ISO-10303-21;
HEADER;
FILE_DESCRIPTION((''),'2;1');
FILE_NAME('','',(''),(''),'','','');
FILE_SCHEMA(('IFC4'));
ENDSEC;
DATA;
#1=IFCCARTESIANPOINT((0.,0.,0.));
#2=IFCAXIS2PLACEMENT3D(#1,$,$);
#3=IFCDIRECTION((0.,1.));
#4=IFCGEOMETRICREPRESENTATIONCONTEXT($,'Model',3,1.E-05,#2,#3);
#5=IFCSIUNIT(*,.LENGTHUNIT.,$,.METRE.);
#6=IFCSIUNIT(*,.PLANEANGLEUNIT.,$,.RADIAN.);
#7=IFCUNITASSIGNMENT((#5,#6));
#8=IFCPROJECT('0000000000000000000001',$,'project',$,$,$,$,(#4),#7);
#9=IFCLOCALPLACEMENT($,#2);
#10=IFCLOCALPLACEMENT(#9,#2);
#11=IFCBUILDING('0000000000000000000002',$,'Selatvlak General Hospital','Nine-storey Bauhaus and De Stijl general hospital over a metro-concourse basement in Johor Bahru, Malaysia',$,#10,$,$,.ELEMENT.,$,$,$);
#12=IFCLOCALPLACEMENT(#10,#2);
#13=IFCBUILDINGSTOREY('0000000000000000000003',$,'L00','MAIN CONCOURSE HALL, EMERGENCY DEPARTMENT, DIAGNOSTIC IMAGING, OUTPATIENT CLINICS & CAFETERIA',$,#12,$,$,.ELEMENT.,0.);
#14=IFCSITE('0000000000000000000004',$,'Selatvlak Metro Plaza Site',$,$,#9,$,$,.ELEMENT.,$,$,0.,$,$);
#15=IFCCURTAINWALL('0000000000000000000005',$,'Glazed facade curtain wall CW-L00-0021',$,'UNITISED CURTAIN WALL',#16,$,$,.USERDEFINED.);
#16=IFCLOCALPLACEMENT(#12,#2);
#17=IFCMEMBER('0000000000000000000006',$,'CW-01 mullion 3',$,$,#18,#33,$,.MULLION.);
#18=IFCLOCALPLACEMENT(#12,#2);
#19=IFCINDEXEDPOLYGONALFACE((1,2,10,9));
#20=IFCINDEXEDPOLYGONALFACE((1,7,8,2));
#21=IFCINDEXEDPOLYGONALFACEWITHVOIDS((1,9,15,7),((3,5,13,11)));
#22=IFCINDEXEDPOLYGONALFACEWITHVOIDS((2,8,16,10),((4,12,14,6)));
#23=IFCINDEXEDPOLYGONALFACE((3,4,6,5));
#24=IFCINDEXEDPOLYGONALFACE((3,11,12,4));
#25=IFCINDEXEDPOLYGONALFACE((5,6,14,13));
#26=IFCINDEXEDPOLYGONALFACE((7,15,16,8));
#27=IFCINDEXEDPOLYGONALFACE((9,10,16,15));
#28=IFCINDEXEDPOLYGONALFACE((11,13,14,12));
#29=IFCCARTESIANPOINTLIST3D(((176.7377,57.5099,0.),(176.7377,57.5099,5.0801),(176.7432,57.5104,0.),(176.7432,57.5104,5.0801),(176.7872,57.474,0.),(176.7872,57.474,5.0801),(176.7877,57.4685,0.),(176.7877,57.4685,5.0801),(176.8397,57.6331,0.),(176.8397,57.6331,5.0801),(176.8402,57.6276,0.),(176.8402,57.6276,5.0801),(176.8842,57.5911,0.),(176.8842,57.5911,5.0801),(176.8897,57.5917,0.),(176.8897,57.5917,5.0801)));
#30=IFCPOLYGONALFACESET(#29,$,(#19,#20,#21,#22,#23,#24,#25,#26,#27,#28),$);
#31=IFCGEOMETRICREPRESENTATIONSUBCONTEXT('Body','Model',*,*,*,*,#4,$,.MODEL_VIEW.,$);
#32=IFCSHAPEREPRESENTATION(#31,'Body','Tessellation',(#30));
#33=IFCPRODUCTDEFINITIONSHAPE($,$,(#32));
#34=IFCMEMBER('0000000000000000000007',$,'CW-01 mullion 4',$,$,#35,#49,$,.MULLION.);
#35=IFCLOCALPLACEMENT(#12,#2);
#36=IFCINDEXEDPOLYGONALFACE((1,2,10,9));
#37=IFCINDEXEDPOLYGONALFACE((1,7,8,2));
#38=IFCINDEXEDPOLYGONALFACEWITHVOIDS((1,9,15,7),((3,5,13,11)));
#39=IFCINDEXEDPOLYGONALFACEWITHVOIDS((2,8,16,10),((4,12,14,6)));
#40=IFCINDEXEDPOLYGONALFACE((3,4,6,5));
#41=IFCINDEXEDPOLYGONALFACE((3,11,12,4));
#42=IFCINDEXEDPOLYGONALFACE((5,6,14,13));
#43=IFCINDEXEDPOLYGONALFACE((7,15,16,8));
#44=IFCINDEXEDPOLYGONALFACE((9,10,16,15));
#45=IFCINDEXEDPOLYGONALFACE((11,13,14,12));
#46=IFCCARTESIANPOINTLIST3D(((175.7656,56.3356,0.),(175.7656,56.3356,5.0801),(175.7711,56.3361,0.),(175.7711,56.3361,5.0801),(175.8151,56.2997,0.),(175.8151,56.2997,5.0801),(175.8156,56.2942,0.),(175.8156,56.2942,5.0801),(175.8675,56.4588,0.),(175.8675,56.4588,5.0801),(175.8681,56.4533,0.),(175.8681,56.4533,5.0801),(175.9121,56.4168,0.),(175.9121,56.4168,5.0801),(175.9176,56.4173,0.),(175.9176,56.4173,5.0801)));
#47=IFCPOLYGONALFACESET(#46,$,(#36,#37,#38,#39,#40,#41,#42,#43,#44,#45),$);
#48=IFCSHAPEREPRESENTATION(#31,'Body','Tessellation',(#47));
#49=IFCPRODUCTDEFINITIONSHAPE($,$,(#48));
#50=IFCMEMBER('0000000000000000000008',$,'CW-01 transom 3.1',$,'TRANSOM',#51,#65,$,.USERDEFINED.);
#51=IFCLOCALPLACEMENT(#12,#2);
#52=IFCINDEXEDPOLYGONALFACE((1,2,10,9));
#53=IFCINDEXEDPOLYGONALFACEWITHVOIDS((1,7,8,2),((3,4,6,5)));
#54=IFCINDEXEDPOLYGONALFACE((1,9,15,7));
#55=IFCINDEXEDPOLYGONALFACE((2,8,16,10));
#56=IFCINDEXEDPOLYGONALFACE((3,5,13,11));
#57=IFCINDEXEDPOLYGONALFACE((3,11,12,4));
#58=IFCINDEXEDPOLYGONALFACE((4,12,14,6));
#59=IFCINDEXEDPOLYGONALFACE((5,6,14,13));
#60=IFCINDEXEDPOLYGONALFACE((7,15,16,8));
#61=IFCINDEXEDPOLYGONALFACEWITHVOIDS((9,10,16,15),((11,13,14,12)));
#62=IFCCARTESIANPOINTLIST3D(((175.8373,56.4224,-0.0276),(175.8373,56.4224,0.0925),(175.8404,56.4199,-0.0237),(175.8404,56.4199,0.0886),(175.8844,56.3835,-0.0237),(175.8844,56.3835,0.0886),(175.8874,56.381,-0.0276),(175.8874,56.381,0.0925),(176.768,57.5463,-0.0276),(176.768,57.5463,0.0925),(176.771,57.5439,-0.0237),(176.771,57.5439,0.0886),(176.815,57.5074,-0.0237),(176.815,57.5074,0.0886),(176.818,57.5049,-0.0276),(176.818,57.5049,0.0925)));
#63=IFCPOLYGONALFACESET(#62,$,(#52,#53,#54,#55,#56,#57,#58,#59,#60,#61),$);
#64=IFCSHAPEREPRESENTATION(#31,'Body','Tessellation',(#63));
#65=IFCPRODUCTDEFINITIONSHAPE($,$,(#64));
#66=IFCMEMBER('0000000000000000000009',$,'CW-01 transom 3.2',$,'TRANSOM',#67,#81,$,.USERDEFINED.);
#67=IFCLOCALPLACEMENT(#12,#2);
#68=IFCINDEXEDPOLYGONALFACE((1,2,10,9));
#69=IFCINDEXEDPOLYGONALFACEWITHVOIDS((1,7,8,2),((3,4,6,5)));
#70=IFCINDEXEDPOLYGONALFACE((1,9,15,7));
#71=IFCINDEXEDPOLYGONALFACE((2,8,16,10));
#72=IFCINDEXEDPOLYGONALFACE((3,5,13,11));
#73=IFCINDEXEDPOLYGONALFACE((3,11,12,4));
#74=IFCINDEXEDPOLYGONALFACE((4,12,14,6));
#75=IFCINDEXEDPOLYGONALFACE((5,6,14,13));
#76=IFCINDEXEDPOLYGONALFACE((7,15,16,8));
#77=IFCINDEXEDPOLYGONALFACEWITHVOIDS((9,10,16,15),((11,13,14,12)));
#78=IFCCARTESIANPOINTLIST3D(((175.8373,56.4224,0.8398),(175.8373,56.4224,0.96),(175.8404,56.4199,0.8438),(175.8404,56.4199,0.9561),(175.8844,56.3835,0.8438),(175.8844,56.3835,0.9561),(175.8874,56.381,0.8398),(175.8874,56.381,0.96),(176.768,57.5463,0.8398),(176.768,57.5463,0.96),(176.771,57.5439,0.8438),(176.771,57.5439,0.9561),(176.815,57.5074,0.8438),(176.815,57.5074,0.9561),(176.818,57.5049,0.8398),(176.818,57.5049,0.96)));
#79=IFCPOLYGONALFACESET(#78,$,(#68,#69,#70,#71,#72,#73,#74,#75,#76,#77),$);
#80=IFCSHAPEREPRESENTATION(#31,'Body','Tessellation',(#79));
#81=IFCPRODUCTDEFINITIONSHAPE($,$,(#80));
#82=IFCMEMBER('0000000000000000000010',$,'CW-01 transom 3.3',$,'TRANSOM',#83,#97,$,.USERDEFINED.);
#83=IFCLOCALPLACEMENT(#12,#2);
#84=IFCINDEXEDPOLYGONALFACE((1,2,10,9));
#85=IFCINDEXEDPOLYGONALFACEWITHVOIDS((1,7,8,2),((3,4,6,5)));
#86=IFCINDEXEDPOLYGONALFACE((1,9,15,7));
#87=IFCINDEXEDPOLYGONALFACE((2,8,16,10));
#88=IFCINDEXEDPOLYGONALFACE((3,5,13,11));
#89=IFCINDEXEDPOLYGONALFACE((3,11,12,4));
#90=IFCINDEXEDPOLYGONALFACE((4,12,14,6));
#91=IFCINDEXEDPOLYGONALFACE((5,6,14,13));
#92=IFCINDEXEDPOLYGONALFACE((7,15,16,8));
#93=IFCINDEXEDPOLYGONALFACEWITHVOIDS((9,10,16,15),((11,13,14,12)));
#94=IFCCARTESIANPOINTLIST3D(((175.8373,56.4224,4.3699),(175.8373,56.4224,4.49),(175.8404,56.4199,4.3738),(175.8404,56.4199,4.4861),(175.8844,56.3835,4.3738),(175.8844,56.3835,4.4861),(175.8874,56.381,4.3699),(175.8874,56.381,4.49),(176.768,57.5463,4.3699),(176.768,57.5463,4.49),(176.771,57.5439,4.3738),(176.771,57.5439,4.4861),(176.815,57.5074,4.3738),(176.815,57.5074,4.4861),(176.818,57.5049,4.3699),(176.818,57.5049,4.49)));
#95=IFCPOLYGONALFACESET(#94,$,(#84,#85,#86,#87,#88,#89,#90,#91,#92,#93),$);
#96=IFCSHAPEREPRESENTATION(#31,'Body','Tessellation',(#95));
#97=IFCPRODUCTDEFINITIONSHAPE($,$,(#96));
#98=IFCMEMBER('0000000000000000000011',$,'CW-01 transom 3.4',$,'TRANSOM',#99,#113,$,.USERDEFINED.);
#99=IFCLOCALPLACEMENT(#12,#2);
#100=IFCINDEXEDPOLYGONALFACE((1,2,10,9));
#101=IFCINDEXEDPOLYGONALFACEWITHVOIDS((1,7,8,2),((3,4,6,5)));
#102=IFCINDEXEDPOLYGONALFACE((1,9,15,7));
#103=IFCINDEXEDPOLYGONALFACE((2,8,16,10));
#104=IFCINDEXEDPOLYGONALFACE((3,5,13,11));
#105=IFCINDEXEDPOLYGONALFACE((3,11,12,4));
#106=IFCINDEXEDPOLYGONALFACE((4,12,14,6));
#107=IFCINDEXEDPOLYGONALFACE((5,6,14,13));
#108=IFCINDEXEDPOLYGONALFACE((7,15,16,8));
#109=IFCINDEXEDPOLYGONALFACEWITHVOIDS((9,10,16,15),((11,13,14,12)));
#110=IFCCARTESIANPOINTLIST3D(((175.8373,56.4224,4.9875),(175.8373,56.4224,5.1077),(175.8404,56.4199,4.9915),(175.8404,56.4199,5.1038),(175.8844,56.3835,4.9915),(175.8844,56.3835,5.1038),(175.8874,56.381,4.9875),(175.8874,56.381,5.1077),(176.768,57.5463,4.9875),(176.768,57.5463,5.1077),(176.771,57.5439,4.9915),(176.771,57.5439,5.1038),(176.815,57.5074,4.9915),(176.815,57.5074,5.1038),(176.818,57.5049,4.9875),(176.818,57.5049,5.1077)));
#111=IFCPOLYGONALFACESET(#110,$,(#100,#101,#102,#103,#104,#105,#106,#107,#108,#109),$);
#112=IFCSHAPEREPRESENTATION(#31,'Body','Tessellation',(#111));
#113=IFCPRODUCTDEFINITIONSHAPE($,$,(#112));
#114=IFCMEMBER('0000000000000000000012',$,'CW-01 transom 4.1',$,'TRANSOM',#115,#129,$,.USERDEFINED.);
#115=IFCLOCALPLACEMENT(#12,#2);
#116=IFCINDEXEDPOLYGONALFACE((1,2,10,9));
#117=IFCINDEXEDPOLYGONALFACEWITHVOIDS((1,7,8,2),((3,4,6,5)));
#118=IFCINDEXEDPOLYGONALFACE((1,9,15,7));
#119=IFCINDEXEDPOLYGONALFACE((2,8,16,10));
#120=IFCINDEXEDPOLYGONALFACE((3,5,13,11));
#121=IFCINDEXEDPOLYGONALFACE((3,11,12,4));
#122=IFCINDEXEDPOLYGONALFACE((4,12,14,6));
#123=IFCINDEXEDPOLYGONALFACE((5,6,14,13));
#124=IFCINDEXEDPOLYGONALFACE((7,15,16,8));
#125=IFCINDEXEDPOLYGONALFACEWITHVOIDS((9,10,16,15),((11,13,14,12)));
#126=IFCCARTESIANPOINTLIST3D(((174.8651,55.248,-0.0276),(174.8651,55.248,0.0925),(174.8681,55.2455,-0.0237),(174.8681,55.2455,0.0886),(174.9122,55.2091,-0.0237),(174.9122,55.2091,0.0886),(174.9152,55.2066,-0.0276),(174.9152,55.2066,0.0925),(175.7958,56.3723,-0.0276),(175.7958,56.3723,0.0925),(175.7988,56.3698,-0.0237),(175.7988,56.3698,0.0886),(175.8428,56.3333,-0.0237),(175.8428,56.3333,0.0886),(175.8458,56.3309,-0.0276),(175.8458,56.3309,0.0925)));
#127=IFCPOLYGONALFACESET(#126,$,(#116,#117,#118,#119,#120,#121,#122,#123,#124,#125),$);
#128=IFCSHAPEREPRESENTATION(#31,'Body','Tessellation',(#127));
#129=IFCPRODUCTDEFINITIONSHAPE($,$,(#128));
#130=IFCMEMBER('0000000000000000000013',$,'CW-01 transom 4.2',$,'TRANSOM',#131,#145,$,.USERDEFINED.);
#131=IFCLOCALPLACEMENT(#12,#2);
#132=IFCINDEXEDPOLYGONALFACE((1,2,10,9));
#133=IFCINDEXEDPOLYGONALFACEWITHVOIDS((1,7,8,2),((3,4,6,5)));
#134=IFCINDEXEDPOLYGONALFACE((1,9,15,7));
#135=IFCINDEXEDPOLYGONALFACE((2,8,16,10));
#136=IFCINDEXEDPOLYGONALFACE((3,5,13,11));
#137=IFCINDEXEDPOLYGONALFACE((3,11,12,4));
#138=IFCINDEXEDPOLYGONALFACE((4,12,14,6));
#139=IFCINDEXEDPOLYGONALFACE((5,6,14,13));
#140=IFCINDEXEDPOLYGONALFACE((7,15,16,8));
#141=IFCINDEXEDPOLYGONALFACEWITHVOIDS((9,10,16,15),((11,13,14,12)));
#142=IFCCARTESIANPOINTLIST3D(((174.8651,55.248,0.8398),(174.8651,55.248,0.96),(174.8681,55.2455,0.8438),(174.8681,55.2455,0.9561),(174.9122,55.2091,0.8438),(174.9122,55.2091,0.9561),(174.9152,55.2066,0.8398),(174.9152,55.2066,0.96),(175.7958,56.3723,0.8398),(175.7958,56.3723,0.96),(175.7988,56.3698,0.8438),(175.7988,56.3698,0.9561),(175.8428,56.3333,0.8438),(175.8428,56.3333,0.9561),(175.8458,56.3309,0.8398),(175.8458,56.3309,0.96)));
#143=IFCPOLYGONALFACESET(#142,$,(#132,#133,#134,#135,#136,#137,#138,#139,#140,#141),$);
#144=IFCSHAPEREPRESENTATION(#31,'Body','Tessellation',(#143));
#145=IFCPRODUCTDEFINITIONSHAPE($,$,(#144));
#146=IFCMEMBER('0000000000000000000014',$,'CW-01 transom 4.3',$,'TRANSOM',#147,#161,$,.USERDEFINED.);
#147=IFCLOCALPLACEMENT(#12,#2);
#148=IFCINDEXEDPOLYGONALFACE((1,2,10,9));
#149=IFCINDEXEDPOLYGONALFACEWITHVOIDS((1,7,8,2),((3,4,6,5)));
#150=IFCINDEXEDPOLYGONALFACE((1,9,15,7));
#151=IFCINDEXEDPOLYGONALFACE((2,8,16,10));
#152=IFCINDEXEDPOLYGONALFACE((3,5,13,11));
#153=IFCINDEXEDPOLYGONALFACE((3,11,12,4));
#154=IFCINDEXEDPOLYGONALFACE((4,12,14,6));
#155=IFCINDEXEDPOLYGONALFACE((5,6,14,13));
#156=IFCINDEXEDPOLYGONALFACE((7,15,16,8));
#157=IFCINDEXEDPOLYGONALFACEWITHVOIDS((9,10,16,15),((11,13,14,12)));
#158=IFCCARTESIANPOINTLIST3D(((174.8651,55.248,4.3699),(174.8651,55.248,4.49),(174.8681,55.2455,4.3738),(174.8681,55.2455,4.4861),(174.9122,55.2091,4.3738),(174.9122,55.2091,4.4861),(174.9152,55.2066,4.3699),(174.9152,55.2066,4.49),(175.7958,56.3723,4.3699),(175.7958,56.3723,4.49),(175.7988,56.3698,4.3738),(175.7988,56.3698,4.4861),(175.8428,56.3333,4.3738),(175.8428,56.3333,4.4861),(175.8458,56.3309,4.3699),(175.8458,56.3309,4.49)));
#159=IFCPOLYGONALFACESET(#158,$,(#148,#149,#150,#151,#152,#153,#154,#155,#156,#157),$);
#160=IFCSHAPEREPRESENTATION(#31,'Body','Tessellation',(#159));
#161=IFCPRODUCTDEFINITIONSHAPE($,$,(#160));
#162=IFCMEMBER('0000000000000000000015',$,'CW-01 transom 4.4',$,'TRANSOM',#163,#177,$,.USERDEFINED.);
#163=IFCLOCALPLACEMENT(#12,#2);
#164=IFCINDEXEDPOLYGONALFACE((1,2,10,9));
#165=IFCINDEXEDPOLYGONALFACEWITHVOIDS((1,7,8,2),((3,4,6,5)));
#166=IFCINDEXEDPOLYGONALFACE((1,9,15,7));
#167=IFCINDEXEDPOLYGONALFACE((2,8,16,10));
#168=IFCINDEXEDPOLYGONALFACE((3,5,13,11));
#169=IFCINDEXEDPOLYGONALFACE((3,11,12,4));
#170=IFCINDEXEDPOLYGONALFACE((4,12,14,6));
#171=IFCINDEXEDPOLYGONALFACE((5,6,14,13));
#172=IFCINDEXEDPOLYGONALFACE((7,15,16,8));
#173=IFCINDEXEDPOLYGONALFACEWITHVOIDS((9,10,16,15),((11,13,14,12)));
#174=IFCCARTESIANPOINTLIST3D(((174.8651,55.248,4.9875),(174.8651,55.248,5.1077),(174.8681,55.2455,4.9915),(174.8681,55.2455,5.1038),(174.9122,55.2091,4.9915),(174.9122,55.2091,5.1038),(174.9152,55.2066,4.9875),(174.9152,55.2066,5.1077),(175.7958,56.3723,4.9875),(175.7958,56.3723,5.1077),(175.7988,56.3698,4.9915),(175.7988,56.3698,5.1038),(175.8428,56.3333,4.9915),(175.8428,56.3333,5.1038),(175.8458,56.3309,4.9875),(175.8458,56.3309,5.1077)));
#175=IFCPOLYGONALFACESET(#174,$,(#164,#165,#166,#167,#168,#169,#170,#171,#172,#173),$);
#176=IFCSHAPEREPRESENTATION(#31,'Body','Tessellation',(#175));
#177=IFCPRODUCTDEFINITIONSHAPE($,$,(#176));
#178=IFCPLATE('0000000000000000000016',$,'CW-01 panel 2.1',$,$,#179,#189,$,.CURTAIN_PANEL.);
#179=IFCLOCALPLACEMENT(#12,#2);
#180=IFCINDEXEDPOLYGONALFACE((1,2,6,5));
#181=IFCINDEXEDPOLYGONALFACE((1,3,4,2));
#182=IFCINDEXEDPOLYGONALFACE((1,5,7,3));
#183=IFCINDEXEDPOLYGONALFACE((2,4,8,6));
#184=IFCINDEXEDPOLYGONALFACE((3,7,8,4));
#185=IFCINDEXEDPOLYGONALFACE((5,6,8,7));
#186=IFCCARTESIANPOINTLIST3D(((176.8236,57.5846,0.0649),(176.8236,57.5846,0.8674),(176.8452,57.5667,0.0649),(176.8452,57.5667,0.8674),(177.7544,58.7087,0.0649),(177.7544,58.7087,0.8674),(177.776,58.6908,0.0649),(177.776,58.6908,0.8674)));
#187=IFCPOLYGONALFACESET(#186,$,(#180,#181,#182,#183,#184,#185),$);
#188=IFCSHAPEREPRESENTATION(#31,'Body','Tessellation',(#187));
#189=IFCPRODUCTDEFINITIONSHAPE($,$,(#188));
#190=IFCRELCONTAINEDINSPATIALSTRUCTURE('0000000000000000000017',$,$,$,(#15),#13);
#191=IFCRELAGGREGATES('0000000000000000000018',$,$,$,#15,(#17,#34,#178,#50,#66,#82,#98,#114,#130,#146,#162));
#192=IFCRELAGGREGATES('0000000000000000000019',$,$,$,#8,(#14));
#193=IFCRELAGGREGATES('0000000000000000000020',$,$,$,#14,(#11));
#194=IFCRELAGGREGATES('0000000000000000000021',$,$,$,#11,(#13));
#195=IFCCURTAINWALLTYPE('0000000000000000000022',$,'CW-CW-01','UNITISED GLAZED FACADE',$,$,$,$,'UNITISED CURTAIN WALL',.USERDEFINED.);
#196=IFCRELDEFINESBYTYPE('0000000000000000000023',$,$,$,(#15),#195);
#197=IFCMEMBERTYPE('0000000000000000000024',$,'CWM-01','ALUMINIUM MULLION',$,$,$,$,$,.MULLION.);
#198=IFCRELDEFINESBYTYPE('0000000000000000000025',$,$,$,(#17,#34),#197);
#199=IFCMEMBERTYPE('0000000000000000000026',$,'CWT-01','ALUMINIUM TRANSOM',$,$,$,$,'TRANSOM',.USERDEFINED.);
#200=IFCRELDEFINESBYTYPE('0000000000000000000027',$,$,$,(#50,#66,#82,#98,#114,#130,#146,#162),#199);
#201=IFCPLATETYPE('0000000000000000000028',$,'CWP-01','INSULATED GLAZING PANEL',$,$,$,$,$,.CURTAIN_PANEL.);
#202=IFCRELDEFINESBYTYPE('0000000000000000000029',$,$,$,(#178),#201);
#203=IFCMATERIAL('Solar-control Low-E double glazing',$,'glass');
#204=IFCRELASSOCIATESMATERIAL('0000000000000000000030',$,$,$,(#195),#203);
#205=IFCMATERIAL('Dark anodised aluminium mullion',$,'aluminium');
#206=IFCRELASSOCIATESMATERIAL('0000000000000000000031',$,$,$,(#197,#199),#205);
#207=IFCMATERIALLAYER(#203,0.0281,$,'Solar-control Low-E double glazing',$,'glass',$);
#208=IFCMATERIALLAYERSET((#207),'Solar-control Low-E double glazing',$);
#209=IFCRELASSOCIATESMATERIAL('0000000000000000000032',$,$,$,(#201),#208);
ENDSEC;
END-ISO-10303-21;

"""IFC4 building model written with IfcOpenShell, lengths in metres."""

from ifc_helpers import new_model, si_unit, direction, frame, origin, origin_2d, place, context, subcontext, project, spatial, rectangle, hollow_rectangle, extrude, material, layer, layer_set, material_profile, profile_set, type_object, element, aggregate, save


model = new_model("IFC4")

# Units and contexts
model_context = context("Model", 3, precision=1e-05, world=origin(), true_north=direction((0.0, 1.0)))
body_context = subcontext(model_context, "Body", "Model", "MODEL_VIEW")
ifc_project = project(units=[si_unit("LENGTHUNIT", "METRE"), si_unit("PLANEANGLEUNIT", "RADIAN")], contexts=[model_context])

# Site, building, storey
site_placement = place(None, origin())
site = spatial("IfcSite", under=ifc_project, at=site_placement, Name="Selatvlak Metro Plaza Site", CompositionType="ELEMENT", RefElevation=0.0)
building_placement = place(site_placement, origin())
building = spatial("IfcBuilding", under=site, at=building_placement, Name="Selatvlak General Hospital", Description="Nine-storey Bauhaus and De Stijl general hospital over a metro-concourse basement in Johor Bahru, Malaysia", CompositionType="ELEMENT")
storey_placement = place(building_placement, origin())
storey = spatial("IfcBuildingStorey", under=building, at=storey_placement, Name="L00", Description="MAIN CONCOURSE HALL, EMERGENCY DEPARTMENT, DIAGNOSTIC IMAGING, OUTPATIENT CLINICS & CAFETERIA", CompositionType="ELEMENT", Elevation=0.0)

# Curtain wall, members, plate
ifc_material_1 = material(Name="Solar-control Low-E double glazing", Category="glass")
curtain_wall_type = type_object("IfcCurtainWallType", Name="CW-CW-01", Description="UNITISED GLAZED FACADE", ElementType="UNITISED CURTAIN WALL", PredefinedType="USERDEFINED", material=ifc_material_1)
curtain_wall_placement = place(storey_placement, origin())
curtain_wall = element("IfcCurtainWall", 1, at=curtain_wall_placement, inside=storey, type_object=curtain_wall_type, Name="Glazed facade curtain wall CW-L00-0021", ObjectType="UNITISED CURTAIN WALL", PredefinedType="USERDEFINED")
ifc_material_2 = material(Name="Dark anodised aluminium mullion", Category="aluminium")
ifc_material_profile_1 = material_profile(ifc_material_2, hollow_rectangle(XDim=0.0649, YDim=0.1599, WallThickness=0.0039, at=origin_2d()), Name="AL-MUL 65x160x4")
ifc_profile_set_1 = profile_set([ifc_material_profile_1], Name="Dark anodised aluminium mullion")
member_type_1 = type_object("IfcMemberType", Name="CWM-01", Description="ALUMINIUM MULLION", PredefinedType="MULLION", material=ifc_profile_set_1)
member_1_placement = place(storey_placement, frame((176.8137, 57.5508, 0.0), z_axis=(0.0, 0.0, 1.0), x_axis=(0.770252, -0.63774, 0.0)))
member_1 = element("IfcMember", 2, at=member_1_placement, type_object=member_type_1, Name="CW-01 mullion 3", PredefinedType="MULLION", context=body_context, shape_type="SweptSolid", body=[
    extrude(hollow_rectangle(XDim=0.0649, YDim=0.1599, WallThickness=0.0039, at=origin_2d()), origin(), (0.0, 0.0, 1.0), 5.0801),
])
member_2_placement = place(storey_placement, frame((175.8416, 56.3765, 0.0), z_axis=(0.0, 0.0, 1.0), x_axis=(0.770252, -0.63774, 0.0)))
member_2 = element("IfcMember", 3, at=member_2_placement, type_object=member_type_1, Name="CW-01 mullion 4", PredefinedType="MULLION", context=body_context, shape_type="SweptSolid", body=[
    extrude(hollow_rectangle(XDim=0.0649, YDim=0.1599, WallThickness=0.0039, at=origin_2d()), origin(), (0.0, 0.0, 1.0), 5.0801),
])
ifc_material_profile_2 = material_profile(ifc_material_2, hollow_rectangle(XDim=0.0649, YDim=0.1201, WallThickness=0.0039, at=origin_2d()), Name="AL-TRN 65x120x4")
ifc_profile_set_2 = profile_set([ifc_material_profile_2], Name="Dark anodised aluminium mullion")
member_type_2 = type_object("IfcMemberType", Name="CWT-01", Description="ALUMINIUM TRANSOM", ElementType="TRANSOM", PredefinedType="USERDEFINED", material=ifc_profile_set_2)
member_3_placement = place(storey_placement, frame((176.793, 57.5256, 0.0325), z_axis=(-0.637746, -0.770247, 0.0), x_axis=(0.770247, -0.637746, 0.0)))
member_3 = element("IfcMember", 4, at=member_3_placement, type_object=member_type_2, Name="CW-01 transom 3.1", ObjectType="TRANSOM", PredefinedType="USERDEFINED", context=body_context, shape_type="SweptSolid", body=[
    extrude(hollow_rectangle(XDim=0.0649, YDim=0.1201, WallThickness=0.0039, at=origin_2d()), origin(), (0.0, 0.0, 1.0), 1.4592),
])
member_4_placement = place(storey_placement, frame((176.793, 57.5256, 0.8999), z_axis=(-0.637746, -0.770247, 0.0), x_axis=(0.770247, -0.637746, 0.0)))
member_4 = element("IfcMember", 5, at=member_4_placement, type_object=member_type_2, Name="CW-01 transom 3.2", ObjectType="TRANSOM", PredefinedType="USERDEFINED", context=body_context, shape_type="SweptSolid", body=[
    extrude(hollow_rectangle(XDim=0.0649, YDim=0.1201, WallThickness=0.0039, at=origin_2d()), origin(), (0.0, 0.0, 1.0), 1.4592),
])
member_5_placement = place(storey_placement, frame((176.793, 57.5256, 4.4299), z_axis=(-0.637746, -0.770247, 0.0), x_axis=(0.770247, -0.637746, 0.0)))
member_5 = element("IfcMember", 6, at=member_5_placement, type_object=member_type_2, Name="CW-01 transom 3.3", ObjectType="TRANSOM", PredefinedType="USERDEFINED", context=body_context, shape_type="SweptSolid", body=[
    extrude(hollow_rectangle(XDim=0.0649, YDim=0.1201, WallThickness=0.0039, at=origin_2d()), origin(), (0.0, 0.0, 1.0), 1.4592),
])
member_6_placement = place(storey_placement, frame((176.793, 57.5256, 5.0476), z_axis=(-0.637746, -0.770247, 0.0), x_axis=(0.770247, -0.637746, 0.0)))
member_6 = element("IfcMember", 7, at=member_6_placement, type_object=member_type_2, Name="CW-01 transom 3.4", ObjectType="TRANSOM", PredefinedType="USERDEFINED", context=body_context, shape_type="SweptSolid", body=[
    extrude(hollow_rectangle(XDim=0.0649, YDim=0.1201, WallThickness=0.0039, at=origin_2d()), origin(), (0.0, 0.0, 1.0), 1.4592),
])
member_7_placement = place(storey_placement, frame((175.8208, 56.3516, 0.0325), z_axis=(-0.637664, -0.770315, 0.0), x_axis=(0.770315, -0.637664, 0.0)))
member_7 = element("IfcMember", 8, at=member_7_placement, type_object=member_type_2, Name="CW-01 transom 4.1", ObjectType="TRANSOM", PredefinedType="USERDEFINED", context=body_context, shape_type="SweptSolid", body=[
    extrude(hollow_rectangle(XDim=0.0649, YDim=0.1201, WallThickness=0.0039, at=origin_2d()), origin(), (0.0, 0.0, 1.0), 1.4595),
])
member_8_placement = place(storey_placement, frame((175.8208, 56.3516, 0.8999), z_axis=(-0.637664, -0.770315, 0.0), x_axis=(0.770315, -0.637664, 0.0)))
member_8 = element("IfcMember", 9, at=member_8_placement, type_object=member_type_2, Name="CW-01 transom 4.2", ObjectType="TRANSOM", PredefinedType="USERDEFINED", context=body_context, shape_type="SweptSolid", body=[
    extrude(hollow_rectangle(XDim=0.0649, YDim=0.1201, WallThickness=0.0039, at=origin_2d()), origin(), (0.0, 0.0, 1.0), 1.4595),
])
member_9_placement = place(storey_placement, frame((175.8208, 56.3516, 4.4299), z_axis=(-0.637664, -0.770315, 0.0), x_axis=(0.770315, -0.637664, 0.0)))
member_9 = element("IfcMember", 10, at=member_9_placement, type_object=member_type_2, Name="CW-01 transom 4.3", ObjectType="TRANSOM", PredefinedType="USERDEFINED", context=body_context, shape_type="SweptSolid", body=[
    extrude(hollow_rectangle(XDim=0.0649, YDim=0.1201, WallThickness=0.0039, at=origin_2d()), origin(), (0.0, 0.0, 1.0), 1.4595),
])
member_10_placement = place(storey_placement, frame((175.8208, 56.3516, 5.0476), z_axis=(-0.637664, -0.770315, 0.0), x_axis=(0.770315, -0.637664, 0.0)))
member_10 = element("IfcMember", 11, at=member_10_placement, type_object=member_type_2, Name="CW-01 transom 4.4", ObjectType="TRANSOM", PredefinedType="USERDEFINED", context=body_context, shape_type="SweptSolid", body=[
    extrude(hollow_rectangle(XDim=0.0649, YDim=0.1201, WallThickness=0.0039, at=origin_2d()), origin(), (0.0, 0.0, 1.0), 1.4595),
])
ifc_layer_1 = layer(ifc_material_1, 0.0281, Name="Solar-control Low-E double glazing", Category="glass")
ifc_layer_set_1 = layer_set([ifc_layer_1], Name="Solar-control Low-E double glazing")
plate_type = type_object("IfcPlateType", Name="CWP-01", Description="INSULATED GLAZING PANEL", PredefinedType="CURTAIN_PANEL", material=ifc_layer_set_1)
plate_1_placement = place(storey_placement, frame((177.2998, 58.1377, 0.0649), z_axis=(0.0, 0.0, 1.0), x_axis=(-0.63774, -0.770252, 0.0)))
plate_1 = element("IfcPlate", 12, at=plate_1_placement, type_object=plate_type, Name="CW-01 panel 2.1", PredefinedType="CURTAIN_PANEL", context=body_context, shape_type="SweptSolid", body=[
    extrude(rectangle(XDim=1.4595, YDim=0.0281, at=origin_2d()), origin(), (0.0, 0.0, 1.0), 0.8025),
])
aggregate(curtain_wall, [member_1, member_2, plate_1, member_3, member_4, member_5, member_6, member_7, member_8, member_9, member_10])

save(model, "model.ifc")
